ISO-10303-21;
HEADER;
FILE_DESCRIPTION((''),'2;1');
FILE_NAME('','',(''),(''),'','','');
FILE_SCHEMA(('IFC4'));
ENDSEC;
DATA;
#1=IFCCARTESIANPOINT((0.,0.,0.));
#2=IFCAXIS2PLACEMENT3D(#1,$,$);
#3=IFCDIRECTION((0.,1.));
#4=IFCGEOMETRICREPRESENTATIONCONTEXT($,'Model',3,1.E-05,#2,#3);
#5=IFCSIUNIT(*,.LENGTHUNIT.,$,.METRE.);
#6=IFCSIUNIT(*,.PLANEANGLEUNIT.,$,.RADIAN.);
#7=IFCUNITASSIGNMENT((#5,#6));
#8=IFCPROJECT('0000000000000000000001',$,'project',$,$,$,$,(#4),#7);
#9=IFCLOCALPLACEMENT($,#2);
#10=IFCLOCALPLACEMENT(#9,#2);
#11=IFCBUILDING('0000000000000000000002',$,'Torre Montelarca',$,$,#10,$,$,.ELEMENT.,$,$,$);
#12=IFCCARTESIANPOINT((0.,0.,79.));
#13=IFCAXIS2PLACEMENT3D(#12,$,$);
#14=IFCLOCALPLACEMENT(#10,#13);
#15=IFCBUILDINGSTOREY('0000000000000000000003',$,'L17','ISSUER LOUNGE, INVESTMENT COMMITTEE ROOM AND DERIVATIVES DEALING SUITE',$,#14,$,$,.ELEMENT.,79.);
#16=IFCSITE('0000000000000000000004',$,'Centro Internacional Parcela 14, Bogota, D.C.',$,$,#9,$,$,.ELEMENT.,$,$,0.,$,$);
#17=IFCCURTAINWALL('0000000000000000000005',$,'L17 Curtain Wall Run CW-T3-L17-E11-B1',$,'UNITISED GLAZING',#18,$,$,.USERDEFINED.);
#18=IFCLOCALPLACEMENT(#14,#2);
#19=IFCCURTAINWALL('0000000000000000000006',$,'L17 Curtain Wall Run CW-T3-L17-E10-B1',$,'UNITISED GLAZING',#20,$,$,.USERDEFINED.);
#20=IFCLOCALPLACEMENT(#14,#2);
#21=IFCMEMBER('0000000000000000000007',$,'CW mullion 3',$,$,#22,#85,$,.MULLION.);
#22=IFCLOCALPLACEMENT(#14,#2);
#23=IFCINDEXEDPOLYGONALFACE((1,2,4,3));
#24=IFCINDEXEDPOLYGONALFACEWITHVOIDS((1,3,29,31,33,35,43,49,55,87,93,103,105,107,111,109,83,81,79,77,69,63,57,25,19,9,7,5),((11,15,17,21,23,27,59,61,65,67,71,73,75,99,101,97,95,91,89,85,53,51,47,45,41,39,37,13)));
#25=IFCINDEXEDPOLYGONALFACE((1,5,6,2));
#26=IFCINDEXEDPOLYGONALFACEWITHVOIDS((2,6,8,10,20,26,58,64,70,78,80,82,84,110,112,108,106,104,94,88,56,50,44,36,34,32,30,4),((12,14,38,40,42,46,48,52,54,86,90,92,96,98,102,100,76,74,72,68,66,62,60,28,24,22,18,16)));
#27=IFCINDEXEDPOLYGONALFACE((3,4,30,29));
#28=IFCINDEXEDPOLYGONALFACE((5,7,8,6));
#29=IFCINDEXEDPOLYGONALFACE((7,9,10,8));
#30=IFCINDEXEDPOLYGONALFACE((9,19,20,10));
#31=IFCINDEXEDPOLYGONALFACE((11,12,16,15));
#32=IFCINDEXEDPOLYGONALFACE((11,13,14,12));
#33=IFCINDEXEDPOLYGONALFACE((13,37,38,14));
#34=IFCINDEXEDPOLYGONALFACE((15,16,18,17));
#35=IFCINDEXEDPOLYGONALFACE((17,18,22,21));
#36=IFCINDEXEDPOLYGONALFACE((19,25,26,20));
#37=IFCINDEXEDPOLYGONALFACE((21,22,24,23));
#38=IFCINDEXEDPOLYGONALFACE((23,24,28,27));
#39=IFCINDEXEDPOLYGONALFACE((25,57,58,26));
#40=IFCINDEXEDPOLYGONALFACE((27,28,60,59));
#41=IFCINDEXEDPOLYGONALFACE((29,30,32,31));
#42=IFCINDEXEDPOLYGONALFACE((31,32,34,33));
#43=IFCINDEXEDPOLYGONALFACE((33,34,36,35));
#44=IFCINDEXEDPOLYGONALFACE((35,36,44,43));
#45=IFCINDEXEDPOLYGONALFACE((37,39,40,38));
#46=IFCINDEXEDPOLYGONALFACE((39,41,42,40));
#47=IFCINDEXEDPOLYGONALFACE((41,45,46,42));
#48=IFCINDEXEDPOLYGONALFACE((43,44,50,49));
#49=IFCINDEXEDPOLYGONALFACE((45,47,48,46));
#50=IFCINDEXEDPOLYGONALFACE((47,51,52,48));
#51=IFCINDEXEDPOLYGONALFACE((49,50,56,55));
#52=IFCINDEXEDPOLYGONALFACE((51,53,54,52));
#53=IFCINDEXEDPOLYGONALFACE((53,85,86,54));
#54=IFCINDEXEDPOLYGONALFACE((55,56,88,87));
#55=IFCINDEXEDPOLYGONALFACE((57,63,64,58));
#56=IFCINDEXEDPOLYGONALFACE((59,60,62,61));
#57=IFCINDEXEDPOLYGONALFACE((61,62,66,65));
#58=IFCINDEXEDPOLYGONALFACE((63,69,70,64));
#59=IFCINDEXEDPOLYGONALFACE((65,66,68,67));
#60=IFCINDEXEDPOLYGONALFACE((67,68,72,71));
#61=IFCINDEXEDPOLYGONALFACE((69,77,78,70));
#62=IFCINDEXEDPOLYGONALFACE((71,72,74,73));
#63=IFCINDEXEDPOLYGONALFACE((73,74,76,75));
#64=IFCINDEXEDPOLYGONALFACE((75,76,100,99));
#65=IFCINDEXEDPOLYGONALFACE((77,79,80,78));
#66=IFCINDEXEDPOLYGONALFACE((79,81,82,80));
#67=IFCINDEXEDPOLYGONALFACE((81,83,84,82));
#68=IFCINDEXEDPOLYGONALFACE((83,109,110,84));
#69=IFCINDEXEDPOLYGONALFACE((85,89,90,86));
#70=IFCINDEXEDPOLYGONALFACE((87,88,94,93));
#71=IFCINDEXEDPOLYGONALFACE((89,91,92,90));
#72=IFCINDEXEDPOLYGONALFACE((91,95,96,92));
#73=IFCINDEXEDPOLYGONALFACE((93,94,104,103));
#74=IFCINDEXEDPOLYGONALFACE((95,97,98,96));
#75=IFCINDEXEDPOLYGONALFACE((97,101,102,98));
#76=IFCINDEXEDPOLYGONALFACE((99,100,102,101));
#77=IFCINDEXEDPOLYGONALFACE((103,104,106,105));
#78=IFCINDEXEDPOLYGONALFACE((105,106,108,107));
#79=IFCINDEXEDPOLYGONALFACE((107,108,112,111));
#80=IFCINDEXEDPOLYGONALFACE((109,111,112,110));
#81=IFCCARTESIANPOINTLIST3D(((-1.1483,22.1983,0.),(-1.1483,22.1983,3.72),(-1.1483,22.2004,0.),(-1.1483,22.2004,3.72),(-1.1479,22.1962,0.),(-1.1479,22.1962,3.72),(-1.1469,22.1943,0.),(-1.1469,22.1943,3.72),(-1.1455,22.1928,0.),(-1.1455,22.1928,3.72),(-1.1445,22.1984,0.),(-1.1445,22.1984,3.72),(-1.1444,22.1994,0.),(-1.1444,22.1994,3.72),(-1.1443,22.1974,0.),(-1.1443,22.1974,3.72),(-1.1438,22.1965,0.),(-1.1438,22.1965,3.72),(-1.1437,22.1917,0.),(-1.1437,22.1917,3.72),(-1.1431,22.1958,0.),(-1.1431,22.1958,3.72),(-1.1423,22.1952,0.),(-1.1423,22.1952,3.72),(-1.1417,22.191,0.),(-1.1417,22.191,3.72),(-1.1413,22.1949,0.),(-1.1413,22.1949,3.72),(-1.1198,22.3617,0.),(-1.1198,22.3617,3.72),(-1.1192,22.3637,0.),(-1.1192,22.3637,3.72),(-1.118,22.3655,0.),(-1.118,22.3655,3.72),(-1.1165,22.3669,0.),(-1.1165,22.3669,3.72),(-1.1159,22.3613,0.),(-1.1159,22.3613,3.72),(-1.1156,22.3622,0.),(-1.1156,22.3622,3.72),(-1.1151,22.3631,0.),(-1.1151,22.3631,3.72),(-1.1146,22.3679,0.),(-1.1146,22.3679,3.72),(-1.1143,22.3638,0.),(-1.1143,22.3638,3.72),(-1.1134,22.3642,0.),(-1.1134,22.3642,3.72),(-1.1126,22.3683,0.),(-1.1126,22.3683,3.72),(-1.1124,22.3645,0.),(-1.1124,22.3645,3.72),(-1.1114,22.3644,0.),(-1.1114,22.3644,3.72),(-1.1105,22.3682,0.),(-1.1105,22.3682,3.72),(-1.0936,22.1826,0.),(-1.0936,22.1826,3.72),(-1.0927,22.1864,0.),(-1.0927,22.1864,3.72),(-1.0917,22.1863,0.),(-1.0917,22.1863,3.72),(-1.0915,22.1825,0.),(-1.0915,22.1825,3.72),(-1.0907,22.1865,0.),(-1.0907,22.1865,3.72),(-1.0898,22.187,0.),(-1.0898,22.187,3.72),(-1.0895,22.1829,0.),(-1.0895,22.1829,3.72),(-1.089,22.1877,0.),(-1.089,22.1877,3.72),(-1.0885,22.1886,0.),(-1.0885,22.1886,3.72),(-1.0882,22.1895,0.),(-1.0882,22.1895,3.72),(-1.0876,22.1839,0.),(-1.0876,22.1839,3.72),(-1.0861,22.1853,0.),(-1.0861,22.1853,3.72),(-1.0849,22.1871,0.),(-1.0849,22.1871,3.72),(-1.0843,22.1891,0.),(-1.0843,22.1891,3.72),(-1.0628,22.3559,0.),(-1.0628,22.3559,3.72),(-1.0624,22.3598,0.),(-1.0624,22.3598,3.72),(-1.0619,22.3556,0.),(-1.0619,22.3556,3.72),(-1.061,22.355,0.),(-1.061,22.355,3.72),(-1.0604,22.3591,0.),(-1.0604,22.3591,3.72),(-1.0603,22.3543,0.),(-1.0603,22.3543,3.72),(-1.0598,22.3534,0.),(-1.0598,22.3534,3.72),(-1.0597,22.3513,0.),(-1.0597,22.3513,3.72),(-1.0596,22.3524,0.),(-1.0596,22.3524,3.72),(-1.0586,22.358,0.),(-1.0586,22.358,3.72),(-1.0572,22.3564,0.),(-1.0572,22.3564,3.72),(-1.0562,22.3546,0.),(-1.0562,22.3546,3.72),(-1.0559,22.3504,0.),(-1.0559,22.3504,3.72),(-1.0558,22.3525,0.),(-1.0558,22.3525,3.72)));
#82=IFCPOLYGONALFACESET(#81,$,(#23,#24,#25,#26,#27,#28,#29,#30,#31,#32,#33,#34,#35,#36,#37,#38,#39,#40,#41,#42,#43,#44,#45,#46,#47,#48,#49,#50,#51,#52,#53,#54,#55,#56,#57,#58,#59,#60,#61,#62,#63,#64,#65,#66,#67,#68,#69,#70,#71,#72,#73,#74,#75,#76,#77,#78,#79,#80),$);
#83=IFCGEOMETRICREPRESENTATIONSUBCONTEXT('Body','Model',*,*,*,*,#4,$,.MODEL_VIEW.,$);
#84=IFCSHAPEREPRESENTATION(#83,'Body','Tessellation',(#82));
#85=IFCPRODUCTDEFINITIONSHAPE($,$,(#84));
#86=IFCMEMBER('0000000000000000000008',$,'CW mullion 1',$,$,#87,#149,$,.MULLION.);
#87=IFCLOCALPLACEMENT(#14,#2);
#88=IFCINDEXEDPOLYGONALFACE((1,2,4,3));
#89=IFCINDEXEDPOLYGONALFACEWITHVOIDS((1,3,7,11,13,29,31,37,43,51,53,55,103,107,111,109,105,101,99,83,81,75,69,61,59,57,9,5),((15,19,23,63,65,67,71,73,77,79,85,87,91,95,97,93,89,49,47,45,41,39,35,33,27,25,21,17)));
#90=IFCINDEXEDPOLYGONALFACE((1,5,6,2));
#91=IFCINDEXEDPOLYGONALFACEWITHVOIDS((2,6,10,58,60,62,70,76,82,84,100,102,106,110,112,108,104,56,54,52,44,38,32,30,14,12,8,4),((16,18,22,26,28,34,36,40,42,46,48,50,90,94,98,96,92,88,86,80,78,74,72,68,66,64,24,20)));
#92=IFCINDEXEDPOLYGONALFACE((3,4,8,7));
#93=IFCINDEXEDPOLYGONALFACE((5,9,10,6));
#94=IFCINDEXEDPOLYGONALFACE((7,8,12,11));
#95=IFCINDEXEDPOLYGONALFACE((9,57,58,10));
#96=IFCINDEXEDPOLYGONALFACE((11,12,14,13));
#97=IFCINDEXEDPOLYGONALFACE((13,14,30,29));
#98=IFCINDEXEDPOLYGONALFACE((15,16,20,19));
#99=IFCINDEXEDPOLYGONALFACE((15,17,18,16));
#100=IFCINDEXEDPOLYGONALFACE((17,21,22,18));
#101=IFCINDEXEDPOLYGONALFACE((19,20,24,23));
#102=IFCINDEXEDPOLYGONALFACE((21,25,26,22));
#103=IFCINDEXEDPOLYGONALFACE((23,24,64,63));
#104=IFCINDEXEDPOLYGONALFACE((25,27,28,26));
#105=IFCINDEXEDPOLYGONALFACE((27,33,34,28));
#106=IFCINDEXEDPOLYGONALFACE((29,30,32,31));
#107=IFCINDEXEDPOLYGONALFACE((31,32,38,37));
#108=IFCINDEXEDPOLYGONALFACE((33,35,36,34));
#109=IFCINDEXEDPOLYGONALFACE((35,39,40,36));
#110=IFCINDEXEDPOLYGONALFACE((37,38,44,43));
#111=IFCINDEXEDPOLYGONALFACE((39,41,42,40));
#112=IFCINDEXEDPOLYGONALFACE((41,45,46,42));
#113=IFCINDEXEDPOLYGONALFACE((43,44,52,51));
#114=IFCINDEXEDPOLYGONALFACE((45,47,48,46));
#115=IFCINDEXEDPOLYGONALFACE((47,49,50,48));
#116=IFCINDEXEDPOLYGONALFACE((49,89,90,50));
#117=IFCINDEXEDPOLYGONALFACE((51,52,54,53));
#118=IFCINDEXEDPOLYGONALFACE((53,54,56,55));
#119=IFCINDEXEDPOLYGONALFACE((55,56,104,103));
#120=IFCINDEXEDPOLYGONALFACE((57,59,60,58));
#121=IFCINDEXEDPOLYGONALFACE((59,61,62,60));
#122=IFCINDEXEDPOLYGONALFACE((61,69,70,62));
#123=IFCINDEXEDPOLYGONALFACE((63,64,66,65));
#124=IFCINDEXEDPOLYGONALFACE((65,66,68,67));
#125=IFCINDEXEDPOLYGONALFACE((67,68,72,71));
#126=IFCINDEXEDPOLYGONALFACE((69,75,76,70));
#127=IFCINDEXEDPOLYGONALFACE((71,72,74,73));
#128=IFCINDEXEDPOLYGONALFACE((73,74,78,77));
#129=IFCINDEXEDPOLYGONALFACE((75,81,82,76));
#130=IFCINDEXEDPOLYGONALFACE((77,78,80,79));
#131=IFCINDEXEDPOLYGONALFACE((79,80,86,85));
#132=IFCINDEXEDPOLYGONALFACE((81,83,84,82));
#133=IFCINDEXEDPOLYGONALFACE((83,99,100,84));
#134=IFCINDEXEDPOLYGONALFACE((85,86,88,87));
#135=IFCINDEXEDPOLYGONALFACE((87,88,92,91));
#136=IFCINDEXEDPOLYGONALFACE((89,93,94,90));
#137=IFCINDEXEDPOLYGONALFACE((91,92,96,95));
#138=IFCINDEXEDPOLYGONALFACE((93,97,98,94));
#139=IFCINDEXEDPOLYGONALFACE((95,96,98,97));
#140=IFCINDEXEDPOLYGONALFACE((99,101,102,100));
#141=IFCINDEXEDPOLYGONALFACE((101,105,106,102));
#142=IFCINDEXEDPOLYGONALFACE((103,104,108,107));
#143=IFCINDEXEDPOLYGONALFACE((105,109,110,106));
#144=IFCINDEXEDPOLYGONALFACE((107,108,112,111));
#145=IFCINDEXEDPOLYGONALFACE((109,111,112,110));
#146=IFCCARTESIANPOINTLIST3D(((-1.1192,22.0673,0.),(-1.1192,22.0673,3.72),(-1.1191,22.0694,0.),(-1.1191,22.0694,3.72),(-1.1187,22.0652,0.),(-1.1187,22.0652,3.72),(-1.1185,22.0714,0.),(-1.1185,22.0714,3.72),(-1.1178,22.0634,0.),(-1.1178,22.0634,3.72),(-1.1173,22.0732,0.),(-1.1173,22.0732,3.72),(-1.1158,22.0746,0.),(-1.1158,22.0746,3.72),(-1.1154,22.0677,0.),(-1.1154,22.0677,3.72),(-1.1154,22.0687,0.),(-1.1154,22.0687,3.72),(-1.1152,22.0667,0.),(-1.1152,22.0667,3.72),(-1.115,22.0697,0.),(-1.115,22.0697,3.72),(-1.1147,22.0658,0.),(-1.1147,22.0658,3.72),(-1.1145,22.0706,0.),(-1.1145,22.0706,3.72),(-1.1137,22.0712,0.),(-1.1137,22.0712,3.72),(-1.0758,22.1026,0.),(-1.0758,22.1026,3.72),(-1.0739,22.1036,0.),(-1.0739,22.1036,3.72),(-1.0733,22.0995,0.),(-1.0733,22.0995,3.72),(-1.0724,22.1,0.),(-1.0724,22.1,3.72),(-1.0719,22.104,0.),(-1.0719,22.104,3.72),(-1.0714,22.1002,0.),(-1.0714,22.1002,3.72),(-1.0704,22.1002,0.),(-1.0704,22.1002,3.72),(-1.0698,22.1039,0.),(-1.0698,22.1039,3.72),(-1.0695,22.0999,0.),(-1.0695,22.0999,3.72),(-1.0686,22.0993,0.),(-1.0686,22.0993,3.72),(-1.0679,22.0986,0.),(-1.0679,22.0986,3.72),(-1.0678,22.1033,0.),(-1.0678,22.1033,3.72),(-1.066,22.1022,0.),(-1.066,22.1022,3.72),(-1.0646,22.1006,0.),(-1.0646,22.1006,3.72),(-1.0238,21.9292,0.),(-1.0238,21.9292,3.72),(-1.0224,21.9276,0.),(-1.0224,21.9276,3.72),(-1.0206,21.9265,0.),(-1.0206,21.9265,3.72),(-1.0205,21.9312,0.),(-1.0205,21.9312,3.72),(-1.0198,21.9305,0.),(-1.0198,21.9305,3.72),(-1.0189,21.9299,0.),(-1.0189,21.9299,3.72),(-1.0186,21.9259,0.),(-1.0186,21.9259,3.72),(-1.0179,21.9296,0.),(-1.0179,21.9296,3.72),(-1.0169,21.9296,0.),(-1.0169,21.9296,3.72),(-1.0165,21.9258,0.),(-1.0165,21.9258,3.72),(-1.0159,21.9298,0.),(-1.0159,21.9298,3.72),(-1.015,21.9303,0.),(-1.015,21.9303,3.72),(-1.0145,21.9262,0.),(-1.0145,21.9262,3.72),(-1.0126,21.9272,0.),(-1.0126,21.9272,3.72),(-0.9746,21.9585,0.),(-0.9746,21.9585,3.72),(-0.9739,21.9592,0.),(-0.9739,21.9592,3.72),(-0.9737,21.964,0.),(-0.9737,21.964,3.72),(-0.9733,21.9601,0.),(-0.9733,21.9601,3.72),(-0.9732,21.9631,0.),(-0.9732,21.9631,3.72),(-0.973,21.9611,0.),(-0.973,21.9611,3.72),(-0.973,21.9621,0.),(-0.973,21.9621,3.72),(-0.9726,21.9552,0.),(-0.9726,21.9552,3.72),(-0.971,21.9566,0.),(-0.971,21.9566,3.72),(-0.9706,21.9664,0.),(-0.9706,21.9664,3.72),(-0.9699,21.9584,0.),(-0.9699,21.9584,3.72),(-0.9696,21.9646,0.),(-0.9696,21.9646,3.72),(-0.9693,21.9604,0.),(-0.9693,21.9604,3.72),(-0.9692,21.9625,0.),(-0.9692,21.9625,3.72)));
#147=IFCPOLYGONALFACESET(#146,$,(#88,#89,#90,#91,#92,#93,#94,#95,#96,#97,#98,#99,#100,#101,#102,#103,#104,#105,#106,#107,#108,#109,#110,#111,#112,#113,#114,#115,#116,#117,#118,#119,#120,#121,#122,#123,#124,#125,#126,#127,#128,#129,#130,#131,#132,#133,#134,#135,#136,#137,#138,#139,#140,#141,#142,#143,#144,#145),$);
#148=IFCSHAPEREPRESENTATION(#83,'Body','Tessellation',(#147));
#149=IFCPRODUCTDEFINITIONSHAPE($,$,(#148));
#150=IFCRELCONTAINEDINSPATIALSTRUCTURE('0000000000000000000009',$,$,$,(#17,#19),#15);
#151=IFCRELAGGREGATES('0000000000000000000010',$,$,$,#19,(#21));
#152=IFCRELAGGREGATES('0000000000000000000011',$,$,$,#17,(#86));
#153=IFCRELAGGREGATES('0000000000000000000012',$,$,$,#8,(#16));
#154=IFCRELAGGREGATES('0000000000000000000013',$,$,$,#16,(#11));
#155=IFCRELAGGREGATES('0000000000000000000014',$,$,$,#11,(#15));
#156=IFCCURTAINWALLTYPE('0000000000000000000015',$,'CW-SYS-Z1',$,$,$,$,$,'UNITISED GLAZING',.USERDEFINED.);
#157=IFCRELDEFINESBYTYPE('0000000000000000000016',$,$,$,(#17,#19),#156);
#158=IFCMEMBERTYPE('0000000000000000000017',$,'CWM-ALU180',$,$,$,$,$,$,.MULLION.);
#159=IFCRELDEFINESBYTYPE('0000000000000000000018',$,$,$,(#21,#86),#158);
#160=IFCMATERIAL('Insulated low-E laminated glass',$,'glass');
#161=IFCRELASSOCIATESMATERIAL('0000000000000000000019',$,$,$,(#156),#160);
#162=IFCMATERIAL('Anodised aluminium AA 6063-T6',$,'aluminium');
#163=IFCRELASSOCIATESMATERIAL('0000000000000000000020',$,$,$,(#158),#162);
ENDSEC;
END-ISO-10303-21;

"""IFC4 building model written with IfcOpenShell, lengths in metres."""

from ifc_helpers import new_model, si_unit, direction, frame, origin, origin_2d, place, context, subcontext, project, spatial, hollow_rectangle, extrude, source, transform, mapped, material, material_profile, profile_set, type_object, element, aggregate, save


model = new_model("IFC4")

# Units and contexts
model_context = context("Model", 3, precision=1e-05, world=origin(), true_north=direction((0.0, 1.0)))
body_context = subcontext(model_context, "Body", "Model", "MODEL_VIEW")
ifc_project = project(units=[si_unit("LENGTHUNIT", "METRE"), si_unit("PLANEANGLEUNIT", "RADIAN")], contexts=[model_context])

# Site, building, storey
site_placement = place(None, origin())
site = spatial("IfcSite", under=ifc_project, at=site_placement, Name="Centro Internacional Parcela 14, Bogota, D.C.", CompositionType="ELEMENT", RefElevation=0.0)
building_placement = place(site_placement, origin())
building = spatial("IfcBuilding", under=site, at=building_placement, Name="Torre Montelarca", CompositionType="ELEMENT")
storey_placement = place(building_placement, frame((0.0, 0.0, 79.0)))
storey = spatial("IfcBuildingStorey", under=building, at=storey_placement, Name="L17", Description="ISSUER LOUNGE, INVESTMENT COMMITTEE ROOM AND DERIVATIVES DEALING SUITE", CompositionType="ELEMENT", Elevation=79.0)

# Curtain wall
ifc_material_1 = material(Name="Insulated low-E laminated glass", Category="glass")
curtain_wall_type = type_object("IfcCurtainWallType", Name="CW-SYS-Z1", ElementType="UNITISED GLAZING", PredefinedType="USERDEFINED", material=ifc_material_1)
curtain_wall_1_placement = place(storey_placement, origin())
curtain_wall_1 = element("IfcCurtainWall", 1, at=curtain_wall_1_placement, inside=storey, type_object=curtain_wall_type, Name="L17 Curtain Wall Run CW-T3-L17-E11-B1", ObjectType="UNITISED GLAZING", PredefinedType="USERDEFINED")
ifc_material_2 = material(Name="Anodised aluminium AA 6063-T6", Category="aluminium")

# Curtain wall, member
curtain_wall_2_placement = place(storey_placement, origin())
curtain_wall_2 = element("IfcCurtainWall", 2, at=curtain_wall_2_placement, inside=storey, type_object=curtain_wall_type, Name="L17 Curtain Wall Run CW-T3-L17-E10-B1", ObjectType="UNITISED GLAZING", PredefinedType="USERDEFINED")
ifc_material_profile_1 = material_profile(ifc_material_2, hollow_rectangle(XDim=0.0649, YDim=0.1799, WallThickness=0.0039, InnerFilletRadius=0.0039, OuterFilletRadius=0.0081, at=origin_2d()), Name="ALU65X180X4", Category="aluminium")
ifc_profile_set_1 = profile_set([ifc_material_profile_1], Name="Anodised aluminium AA 6063-T6")
member_type_1 = type_object("IfcMemberType", Name="CWM-ALU180", PredefinedType="MULLION", material=ifc_profile_set_1)
shared_shape_1 = source(origin(), body_context, "Body", "SweptSolid", [
    extrude(hollow_rectangle(XDim=0.0649, YDim=0.1799, WallThickness=0.0039, InnerFilletRadius=0.0039, OuterFilletRadius=0.0081, at=origin_2d()), origin(), (0.0, 0.0, 1.0), 3.72),
])
member_1_placement = place(storey_placement, frame((-1.1021, 22.2754, 0.0), z_axis=(0.0, 0.0, 1.0), x_axis=(0.984808, -0.173646, 0.0)))
member_1 = element("IfcMember", 3, at=member_1_placement, type_object=member_type_1, Name="CW mullion 3", PredefinedType="MULLION", context=body_context, shape_type="MappedRepresentation", body=[
    mapped(shared_shape_1, transform((0.0, 0.0, 0.0), scale=1.0)),
])
aggregate(curtain_wall_2, [member_1])

# Member
member_2_placement = place(storey_placement, frame((-1.0442, 22.0149, 0.0), z_axis=(0.0, 0.0, 1.0), x_axis=(0.819174, 0.573546, 0.0)))
member_2 = element("IfcMember", 4, at=member_2_placement, type_object=member_type_1, Name="CW mullion 1", PredefinedType="MULLION", context=body_context, shape_type="MappedRepresentation", body=[
    mapped(shared_shape_1, transform((0.0, 0.0, 0.0), scale=1.0)),
])

aggregate(curtain_wall_1, [member_2])

save(model, "model.ifc")
